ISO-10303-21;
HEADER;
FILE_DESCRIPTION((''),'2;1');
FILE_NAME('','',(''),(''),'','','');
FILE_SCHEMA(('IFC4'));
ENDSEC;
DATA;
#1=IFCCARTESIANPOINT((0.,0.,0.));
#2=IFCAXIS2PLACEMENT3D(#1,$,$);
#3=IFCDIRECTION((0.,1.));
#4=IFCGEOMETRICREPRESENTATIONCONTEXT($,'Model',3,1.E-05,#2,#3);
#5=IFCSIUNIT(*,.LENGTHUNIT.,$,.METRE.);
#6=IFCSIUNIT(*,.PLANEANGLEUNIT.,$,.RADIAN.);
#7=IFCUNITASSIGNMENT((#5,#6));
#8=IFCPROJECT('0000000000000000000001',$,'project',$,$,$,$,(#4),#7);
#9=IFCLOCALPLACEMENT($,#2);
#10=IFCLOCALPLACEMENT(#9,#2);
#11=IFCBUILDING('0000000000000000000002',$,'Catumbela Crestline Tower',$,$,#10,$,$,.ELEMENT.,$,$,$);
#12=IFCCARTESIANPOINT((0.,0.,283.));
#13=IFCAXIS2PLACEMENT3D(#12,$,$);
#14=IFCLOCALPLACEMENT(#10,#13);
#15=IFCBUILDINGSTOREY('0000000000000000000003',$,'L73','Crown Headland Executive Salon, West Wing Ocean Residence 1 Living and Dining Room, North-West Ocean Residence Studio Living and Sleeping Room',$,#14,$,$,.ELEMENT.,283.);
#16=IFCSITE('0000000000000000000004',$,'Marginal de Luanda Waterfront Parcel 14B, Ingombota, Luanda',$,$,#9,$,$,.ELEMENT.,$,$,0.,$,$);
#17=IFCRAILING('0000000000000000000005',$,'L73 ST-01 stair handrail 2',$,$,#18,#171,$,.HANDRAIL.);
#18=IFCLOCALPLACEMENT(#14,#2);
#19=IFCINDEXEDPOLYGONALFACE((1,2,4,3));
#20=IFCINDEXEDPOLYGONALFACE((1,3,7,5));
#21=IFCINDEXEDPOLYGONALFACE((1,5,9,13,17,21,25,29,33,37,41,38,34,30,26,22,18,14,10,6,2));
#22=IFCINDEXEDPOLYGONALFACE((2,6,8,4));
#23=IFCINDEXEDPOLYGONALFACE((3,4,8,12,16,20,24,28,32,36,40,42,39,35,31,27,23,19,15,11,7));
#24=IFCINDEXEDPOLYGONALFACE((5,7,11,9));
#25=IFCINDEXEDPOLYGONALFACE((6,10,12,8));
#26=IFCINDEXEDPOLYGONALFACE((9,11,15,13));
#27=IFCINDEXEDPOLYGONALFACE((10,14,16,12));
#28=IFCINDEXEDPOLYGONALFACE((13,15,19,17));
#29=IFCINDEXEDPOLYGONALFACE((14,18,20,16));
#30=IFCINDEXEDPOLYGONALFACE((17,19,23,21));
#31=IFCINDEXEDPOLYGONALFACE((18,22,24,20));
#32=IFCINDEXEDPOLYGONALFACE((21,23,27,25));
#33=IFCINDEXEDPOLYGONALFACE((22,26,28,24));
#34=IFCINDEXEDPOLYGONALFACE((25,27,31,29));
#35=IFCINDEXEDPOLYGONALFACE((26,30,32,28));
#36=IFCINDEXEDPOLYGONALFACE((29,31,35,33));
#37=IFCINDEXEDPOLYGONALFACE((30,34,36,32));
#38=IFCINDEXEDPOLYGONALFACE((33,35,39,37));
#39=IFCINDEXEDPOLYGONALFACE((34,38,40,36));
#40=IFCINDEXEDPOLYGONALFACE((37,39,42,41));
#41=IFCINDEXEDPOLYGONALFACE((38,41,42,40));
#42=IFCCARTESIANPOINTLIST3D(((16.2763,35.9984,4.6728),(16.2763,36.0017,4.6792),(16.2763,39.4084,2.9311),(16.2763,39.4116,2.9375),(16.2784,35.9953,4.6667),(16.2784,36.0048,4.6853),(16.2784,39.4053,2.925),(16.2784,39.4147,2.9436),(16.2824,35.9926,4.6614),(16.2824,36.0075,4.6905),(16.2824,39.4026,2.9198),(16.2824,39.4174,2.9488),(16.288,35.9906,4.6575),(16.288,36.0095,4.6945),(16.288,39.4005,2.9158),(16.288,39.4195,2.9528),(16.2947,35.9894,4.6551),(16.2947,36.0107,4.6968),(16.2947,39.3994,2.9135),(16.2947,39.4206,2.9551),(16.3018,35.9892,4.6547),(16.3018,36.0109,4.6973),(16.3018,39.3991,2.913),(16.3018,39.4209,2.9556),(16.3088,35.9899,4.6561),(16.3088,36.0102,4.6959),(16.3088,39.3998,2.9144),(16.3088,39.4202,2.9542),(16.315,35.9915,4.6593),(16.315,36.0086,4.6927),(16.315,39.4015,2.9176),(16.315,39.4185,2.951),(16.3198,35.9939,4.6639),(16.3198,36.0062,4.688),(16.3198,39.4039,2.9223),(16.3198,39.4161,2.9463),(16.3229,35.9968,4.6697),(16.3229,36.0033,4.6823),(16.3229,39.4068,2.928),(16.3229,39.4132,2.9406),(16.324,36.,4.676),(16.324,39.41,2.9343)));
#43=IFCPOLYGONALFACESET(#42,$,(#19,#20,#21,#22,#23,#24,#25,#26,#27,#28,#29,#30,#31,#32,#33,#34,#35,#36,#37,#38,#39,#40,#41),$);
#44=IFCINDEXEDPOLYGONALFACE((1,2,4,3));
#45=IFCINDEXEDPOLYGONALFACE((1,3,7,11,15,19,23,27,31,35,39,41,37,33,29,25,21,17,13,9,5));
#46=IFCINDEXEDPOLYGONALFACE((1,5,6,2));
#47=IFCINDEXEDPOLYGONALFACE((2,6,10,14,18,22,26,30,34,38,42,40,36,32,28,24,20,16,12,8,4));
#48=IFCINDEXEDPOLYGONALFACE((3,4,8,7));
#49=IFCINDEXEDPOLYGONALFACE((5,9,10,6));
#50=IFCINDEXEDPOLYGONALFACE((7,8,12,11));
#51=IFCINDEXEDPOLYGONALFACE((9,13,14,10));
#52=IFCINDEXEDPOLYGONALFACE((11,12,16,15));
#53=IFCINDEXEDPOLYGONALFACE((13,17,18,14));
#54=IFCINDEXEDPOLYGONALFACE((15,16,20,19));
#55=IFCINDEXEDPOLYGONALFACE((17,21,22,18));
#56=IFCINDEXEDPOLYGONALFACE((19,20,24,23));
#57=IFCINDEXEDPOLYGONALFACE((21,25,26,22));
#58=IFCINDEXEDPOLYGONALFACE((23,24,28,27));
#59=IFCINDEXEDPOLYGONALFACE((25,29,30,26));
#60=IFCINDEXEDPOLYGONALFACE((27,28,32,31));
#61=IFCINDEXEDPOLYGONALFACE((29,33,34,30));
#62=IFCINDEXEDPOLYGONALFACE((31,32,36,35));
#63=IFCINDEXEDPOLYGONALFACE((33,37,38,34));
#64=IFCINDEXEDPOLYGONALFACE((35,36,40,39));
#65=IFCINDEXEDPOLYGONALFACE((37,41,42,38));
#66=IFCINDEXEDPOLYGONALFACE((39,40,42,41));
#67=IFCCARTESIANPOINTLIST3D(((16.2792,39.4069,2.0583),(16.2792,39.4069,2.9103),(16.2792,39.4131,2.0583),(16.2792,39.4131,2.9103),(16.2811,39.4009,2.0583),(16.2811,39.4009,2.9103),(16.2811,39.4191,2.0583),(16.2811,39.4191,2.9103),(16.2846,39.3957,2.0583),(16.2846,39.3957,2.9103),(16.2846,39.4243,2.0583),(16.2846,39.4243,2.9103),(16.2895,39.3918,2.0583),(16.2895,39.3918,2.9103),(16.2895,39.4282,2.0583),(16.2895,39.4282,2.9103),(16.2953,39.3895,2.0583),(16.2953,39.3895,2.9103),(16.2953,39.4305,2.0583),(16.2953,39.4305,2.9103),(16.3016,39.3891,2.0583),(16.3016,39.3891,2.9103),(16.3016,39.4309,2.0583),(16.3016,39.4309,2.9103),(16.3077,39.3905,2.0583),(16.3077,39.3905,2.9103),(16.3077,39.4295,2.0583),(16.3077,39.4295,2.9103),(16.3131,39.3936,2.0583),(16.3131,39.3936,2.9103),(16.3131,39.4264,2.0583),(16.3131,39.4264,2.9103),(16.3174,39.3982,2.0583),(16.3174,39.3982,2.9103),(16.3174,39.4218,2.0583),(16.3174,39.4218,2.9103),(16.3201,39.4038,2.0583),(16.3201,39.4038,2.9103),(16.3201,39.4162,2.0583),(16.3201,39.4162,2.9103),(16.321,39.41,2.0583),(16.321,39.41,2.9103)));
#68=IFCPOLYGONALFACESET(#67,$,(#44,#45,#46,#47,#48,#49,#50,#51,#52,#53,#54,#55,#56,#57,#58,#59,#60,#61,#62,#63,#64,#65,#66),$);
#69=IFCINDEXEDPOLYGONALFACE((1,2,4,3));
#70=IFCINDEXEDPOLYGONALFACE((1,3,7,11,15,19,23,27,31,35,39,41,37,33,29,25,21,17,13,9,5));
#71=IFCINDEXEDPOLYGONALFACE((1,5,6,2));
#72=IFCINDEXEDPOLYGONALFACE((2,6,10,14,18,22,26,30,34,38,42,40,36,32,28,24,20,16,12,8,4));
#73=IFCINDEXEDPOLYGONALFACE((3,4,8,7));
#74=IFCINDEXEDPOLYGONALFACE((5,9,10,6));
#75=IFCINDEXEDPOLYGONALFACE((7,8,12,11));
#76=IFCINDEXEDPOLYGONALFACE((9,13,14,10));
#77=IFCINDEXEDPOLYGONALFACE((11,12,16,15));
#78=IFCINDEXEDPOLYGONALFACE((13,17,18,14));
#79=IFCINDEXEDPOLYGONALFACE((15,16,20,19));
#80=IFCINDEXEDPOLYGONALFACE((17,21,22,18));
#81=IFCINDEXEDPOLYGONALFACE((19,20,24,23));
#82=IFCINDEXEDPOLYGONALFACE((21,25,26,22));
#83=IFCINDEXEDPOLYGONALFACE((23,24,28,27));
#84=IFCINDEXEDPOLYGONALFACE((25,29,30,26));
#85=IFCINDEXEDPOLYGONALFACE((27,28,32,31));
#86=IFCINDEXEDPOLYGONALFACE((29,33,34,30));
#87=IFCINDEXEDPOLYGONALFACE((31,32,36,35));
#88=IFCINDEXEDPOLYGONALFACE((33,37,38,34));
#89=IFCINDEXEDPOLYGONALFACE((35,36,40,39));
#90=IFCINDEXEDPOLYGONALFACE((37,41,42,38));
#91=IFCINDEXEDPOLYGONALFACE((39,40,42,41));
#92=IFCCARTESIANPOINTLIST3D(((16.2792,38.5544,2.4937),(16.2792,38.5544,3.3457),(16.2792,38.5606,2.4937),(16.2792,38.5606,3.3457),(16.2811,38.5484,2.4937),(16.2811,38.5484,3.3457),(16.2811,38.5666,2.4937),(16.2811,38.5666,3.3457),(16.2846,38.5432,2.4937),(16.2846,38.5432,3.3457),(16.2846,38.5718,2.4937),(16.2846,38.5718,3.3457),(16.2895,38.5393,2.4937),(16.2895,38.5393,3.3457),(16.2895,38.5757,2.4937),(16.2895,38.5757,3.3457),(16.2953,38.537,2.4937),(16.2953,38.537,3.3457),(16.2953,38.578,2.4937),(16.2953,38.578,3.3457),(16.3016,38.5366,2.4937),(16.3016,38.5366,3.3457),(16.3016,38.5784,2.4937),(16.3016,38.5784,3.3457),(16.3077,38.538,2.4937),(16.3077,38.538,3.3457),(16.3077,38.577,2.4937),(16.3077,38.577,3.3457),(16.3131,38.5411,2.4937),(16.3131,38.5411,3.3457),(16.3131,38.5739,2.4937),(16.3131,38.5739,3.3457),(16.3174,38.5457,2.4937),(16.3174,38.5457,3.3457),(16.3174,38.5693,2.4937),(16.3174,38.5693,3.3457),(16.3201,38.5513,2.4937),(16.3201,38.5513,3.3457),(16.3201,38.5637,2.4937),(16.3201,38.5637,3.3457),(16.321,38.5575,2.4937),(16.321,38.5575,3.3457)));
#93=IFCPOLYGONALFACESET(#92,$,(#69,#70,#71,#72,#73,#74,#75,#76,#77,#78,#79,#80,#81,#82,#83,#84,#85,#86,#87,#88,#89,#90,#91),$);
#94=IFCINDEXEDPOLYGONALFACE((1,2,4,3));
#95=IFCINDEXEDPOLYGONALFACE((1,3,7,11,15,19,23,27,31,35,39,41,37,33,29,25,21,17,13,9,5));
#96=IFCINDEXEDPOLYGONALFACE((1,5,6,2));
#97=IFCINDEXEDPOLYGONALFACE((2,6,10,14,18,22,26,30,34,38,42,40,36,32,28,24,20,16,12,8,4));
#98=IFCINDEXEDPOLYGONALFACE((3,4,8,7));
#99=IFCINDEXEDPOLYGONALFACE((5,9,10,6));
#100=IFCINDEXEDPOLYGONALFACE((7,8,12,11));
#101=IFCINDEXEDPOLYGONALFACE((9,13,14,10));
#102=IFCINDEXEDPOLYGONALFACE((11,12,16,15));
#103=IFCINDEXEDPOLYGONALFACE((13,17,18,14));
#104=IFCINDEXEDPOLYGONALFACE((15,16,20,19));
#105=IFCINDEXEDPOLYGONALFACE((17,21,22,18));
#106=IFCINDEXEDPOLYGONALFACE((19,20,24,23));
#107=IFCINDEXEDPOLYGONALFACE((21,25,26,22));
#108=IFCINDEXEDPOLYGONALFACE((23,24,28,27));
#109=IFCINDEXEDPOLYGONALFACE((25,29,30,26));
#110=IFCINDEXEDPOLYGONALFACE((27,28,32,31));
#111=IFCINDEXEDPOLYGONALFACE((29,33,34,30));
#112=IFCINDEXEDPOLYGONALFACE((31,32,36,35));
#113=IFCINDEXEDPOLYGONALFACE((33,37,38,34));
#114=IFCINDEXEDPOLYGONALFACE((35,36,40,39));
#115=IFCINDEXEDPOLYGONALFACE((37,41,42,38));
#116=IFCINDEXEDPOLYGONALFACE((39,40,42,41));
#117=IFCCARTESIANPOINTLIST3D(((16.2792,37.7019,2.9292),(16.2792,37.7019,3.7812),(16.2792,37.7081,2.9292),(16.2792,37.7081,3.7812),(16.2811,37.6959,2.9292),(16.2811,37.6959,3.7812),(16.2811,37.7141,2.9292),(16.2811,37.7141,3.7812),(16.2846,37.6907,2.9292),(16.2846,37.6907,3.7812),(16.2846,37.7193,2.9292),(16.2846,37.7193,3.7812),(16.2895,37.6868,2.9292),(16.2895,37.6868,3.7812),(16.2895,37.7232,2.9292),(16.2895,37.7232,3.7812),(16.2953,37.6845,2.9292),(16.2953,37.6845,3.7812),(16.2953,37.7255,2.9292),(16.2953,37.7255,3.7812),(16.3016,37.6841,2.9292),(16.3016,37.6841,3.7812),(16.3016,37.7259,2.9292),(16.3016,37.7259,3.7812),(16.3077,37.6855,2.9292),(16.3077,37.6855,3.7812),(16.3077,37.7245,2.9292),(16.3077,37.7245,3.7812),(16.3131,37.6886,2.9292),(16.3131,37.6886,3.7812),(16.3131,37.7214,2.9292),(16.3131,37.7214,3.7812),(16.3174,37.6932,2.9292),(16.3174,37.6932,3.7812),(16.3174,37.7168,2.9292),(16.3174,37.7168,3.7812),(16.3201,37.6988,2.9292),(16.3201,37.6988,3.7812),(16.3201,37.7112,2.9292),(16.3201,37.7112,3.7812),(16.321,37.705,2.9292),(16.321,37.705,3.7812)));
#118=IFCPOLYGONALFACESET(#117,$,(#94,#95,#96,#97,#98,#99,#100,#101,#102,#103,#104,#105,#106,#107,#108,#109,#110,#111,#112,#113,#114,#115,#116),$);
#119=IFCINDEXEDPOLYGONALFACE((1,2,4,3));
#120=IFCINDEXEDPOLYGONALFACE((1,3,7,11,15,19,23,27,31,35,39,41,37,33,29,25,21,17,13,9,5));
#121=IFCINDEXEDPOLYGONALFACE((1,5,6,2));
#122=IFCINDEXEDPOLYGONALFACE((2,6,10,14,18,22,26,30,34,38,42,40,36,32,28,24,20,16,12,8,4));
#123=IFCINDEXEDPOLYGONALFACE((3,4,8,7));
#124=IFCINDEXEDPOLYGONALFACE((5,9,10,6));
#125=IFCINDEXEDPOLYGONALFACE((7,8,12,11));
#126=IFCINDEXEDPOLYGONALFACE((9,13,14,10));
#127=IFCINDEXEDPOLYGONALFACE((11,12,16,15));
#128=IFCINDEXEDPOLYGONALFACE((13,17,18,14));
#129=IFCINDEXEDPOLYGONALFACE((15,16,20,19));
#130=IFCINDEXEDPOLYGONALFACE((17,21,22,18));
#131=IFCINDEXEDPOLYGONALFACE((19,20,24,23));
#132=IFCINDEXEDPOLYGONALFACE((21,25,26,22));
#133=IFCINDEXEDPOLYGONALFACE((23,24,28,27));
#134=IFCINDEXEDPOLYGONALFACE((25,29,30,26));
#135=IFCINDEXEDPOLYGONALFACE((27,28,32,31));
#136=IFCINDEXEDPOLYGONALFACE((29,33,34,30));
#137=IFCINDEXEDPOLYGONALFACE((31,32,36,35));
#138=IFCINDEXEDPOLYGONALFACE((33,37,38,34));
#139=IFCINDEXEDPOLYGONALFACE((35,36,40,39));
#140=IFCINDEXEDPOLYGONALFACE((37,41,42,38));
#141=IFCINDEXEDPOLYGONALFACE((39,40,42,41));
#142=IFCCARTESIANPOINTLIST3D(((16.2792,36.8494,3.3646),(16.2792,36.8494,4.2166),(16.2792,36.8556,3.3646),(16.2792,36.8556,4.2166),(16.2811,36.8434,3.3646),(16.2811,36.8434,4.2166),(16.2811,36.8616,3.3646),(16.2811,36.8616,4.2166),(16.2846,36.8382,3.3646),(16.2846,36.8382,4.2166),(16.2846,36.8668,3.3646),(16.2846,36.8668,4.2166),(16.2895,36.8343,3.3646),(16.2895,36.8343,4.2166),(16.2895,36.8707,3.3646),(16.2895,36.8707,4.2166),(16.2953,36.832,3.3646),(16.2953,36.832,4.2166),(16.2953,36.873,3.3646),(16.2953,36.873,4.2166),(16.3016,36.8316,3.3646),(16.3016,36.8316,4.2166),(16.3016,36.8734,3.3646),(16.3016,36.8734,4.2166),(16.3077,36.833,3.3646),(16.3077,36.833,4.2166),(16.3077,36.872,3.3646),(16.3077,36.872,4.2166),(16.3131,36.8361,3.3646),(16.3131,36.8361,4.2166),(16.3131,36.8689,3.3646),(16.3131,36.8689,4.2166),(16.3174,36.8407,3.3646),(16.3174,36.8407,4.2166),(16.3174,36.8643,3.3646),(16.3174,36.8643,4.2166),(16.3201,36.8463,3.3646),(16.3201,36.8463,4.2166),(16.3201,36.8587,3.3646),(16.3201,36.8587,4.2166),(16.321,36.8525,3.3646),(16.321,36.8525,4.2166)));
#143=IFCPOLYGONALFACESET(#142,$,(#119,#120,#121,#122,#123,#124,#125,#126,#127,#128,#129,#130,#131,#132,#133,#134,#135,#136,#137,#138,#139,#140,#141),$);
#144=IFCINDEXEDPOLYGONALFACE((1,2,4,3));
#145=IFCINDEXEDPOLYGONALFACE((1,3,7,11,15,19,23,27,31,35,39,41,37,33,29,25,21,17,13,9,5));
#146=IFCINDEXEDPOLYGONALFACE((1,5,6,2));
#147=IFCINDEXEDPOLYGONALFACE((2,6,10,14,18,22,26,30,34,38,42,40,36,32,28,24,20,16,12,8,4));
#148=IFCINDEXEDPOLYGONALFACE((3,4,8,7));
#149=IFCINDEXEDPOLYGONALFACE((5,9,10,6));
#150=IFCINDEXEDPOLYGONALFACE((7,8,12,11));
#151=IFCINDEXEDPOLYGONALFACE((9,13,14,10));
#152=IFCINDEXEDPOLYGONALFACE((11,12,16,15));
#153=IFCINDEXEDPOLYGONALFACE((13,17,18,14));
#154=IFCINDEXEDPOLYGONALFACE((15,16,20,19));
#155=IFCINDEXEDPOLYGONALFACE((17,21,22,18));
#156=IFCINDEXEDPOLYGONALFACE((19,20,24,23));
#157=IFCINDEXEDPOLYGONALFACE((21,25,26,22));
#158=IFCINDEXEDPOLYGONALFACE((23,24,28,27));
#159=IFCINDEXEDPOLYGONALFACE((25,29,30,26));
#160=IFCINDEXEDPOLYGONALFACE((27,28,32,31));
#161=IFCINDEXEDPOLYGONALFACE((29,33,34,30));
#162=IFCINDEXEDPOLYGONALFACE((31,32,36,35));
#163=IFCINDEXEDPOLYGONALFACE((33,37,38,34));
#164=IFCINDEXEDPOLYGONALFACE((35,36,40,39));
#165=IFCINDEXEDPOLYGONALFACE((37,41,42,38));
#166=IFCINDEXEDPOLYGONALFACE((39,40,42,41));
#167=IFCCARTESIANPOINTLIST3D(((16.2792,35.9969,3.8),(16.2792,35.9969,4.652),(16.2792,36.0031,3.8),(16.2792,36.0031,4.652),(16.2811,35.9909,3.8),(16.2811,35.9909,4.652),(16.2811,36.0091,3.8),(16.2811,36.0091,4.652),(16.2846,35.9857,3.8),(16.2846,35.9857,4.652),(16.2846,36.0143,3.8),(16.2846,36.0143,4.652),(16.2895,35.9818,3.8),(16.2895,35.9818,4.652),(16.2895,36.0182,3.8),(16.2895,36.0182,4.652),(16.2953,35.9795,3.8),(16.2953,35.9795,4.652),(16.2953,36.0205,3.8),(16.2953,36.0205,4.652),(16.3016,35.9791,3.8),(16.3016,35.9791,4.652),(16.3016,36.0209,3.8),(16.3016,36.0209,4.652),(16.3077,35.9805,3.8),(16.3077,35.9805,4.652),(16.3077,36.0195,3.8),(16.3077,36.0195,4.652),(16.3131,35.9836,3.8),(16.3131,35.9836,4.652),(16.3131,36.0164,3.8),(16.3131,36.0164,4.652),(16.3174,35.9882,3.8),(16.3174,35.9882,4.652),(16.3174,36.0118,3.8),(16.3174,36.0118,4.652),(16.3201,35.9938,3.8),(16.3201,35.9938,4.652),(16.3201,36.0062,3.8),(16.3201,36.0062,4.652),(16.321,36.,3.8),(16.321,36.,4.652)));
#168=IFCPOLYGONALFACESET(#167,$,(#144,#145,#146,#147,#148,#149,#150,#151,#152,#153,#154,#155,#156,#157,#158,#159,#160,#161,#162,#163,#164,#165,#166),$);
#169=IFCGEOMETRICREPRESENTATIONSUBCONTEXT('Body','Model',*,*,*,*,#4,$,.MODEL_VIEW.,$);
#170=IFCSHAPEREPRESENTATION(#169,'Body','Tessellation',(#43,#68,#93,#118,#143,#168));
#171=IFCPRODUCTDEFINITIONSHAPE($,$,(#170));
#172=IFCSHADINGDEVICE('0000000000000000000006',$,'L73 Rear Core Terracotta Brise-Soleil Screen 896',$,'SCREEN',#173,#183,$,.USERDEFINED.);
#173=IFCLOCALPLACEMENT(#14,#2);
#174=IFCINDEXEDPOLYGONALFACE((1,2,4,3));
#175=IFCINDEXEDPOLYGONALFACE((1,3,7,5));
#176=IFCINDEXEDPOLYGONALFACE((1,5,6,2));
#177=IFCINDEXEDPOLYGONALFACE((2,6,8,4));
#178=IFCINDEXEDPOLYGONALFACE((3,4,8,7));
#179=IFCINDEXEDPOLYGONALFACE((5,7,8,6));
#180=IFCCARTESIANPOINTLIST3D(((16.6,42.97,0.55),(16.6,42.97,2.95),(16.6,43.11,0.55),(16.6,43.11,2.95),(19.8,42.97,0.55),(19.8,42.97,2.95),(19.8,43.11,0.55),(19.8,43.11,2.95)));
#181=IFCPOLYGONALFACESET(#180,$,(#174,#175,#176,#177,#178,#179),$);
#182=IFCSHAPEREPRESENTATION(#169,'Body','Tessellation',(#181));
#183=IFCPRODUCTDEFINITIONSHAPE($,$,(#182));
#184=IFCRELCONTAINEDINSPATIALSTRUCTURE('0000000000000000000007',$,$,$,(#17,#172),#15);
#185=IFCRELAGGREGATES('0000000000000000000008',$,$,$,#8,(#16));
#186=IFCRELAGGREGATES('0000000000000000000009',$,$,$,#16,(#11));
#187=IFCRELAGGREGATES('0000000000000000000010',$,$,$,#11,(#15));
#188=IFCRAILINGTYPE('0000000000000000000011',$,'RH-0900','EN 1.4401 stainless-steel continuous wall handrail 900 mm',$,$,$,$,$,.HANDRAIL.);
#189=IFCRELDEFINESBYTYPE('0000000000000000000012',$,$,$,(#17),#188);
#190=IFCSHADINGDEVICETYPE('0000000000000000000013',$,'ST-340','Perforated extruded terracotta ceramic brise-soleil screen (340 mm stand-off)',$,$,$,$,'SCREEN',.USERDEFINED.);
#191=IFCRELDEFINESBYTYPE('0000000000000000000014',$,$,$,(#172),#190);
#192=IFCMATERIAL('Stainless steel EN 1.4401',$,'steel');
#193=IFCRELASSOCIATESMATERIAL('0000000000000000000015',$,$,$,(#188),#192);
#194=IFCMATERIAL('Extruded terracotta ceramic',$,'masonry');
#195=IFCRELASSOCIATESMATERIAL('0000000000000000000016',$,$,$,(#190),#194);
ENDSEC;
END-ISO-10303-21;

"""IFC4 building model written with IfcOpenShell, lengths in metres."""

from ifc_helpers import new_model, si_unit, direction, frame, origin, origin_2d, place, context, subcontext, project, spatial, rectangle, circle, extrude, material, type_object, element, save


model = new_model("IFC4")

# Units and contexts
model_context = context("Model", 3, precision=1e-05, world=origin(), true_north=direction((0.0, 1.0)))
body_context = subcontext(model_context, "Body", "Model", "MODEL_VIEW")
ifc_project = project(units=[si_unit("LENGTHUNIT", "METRE"), si_unit("PLANEANGLEUNIT", "RADIAN")], contexts=[model_context])

# Site, building, storey
site_placement = place(None, origin())
site = spatial("IfcSite", under=ifc_project, at=site_placement, Name="Marginal de Luanda Waterfront Parcel 14B, Ingombota, Luanda", CompositionType="ELEMENT", RefElevation=0.0)
building_placement = place(site_placement, origin())
building = spatial("IfcBuilding", under=site, at=building_placement, Name="Catumbela Crestline Tower", CompositionType="ELEMENT")
storey_placement = place(building_placement, frame((0.0, 0.0, 283.0)))
storey = spatial("IfcBuildingStorey", under=building, at=storey_placement, Name="L73", Description="Crown Headland Executive Salon, West Wing Ocean Residence 1 Living and Dining Room, North-West Ocean Residence Studio Living and Sleeping Room", CompositionType="ELEMENT", Elevation=283.0)

# Shared definitions
ifc_material_1 = material(Name="Stainless steel EN 1.4401", Category="steel")

# Railing
railing_type_1 = type_object("IfcRailingType", Name="RH-0900", Description="EN 1.4401 stainless-steel continuous wall handrail 900 mm", PredefinedType="HANDRAIL", material=ifc_material_1)
railing_1_placement = place(storey_placement, frame((16.3, 39.41, 2.0583)))
element("IfcRailing", 1, at=railing_1_placement, inside=storey, type_object=railing_type_1, Name="L73 ST-01 stair handrail 2", PredefinedType="HANDRAIL", context=body_context, shape_type="SweptSolid", body=[
    extrude(circle(Radius=0.024, at=origin_2d()), frame((0.0, 0.0, 0.876), z_axis=(0.0, -0.89056, 0.454865), x_axis=(1.0, 0.0, 0.0)), (0.0, 0.0, 1.0), 3.829),
    extrude(circle(Radius=0.021, at=origin_2d()), origin(), (0.0, 0.0, 1.0), 0.852),
    extrude(circle(Radius=0.021, at=origin_2d()), frame((0.0, -0.8525, 0.4354)), (0.0, 0.0, 1.0), 0.852),
    extrude(circle(Radius=0.021, at=origin_2d()), frame((0.0, -1.705, 0.8709)), (0.0, 0.0, 1.0), 0.852),
    extrude(circle(Radius=0.021, at=origin_2d()), frame((0.0, -2.5575, 1.3063)), (0.0, 0.0, 1.0), 0.852),
    extrude(circle(Radius=0.021, at=origin_2d()), frame((0.0, -3.41, 1.7417)), (0.0, 0.0, 1.0), 0.852),
])

# Shading device
ifc_material_2 = material(Name="Extruded terracotta ceramic", Category="masonry")
shading_device_type = type_object("IfcShadingDeviceType", Name="ST-340", Description="Perforated extruded terracotta ceramic brise-soleil screen (340 mm stand-off)", ElementType="SCREEN", PredefinedType="USERDEFINED", material=ifc_material_2)
shading_device_placement = place(storey_placement, frame((18.2, 43.04, 0.55), z_axis=(0.0, 0.0, 1.0), x_axis=(1.0, 0.0, 0.0)))
element("IfcShadingDevice", 2, at=shading_device_placement, inside=storey, type_object=shading_device_type, Name="L73 Rear Core Terracotta Brise-Soleil Screen 896", ObjectType="SCREEN", PredefinedType="USERDEFINED", context=body_context, shape_type="SweptSolid", body=[
    extrude(rectangle(XDim=3.2, YDim=0.14, at=origin_2d()), origin(), (0.0, 0.0, 1.0), 2.4),
])

save(model, "model.ifc")
